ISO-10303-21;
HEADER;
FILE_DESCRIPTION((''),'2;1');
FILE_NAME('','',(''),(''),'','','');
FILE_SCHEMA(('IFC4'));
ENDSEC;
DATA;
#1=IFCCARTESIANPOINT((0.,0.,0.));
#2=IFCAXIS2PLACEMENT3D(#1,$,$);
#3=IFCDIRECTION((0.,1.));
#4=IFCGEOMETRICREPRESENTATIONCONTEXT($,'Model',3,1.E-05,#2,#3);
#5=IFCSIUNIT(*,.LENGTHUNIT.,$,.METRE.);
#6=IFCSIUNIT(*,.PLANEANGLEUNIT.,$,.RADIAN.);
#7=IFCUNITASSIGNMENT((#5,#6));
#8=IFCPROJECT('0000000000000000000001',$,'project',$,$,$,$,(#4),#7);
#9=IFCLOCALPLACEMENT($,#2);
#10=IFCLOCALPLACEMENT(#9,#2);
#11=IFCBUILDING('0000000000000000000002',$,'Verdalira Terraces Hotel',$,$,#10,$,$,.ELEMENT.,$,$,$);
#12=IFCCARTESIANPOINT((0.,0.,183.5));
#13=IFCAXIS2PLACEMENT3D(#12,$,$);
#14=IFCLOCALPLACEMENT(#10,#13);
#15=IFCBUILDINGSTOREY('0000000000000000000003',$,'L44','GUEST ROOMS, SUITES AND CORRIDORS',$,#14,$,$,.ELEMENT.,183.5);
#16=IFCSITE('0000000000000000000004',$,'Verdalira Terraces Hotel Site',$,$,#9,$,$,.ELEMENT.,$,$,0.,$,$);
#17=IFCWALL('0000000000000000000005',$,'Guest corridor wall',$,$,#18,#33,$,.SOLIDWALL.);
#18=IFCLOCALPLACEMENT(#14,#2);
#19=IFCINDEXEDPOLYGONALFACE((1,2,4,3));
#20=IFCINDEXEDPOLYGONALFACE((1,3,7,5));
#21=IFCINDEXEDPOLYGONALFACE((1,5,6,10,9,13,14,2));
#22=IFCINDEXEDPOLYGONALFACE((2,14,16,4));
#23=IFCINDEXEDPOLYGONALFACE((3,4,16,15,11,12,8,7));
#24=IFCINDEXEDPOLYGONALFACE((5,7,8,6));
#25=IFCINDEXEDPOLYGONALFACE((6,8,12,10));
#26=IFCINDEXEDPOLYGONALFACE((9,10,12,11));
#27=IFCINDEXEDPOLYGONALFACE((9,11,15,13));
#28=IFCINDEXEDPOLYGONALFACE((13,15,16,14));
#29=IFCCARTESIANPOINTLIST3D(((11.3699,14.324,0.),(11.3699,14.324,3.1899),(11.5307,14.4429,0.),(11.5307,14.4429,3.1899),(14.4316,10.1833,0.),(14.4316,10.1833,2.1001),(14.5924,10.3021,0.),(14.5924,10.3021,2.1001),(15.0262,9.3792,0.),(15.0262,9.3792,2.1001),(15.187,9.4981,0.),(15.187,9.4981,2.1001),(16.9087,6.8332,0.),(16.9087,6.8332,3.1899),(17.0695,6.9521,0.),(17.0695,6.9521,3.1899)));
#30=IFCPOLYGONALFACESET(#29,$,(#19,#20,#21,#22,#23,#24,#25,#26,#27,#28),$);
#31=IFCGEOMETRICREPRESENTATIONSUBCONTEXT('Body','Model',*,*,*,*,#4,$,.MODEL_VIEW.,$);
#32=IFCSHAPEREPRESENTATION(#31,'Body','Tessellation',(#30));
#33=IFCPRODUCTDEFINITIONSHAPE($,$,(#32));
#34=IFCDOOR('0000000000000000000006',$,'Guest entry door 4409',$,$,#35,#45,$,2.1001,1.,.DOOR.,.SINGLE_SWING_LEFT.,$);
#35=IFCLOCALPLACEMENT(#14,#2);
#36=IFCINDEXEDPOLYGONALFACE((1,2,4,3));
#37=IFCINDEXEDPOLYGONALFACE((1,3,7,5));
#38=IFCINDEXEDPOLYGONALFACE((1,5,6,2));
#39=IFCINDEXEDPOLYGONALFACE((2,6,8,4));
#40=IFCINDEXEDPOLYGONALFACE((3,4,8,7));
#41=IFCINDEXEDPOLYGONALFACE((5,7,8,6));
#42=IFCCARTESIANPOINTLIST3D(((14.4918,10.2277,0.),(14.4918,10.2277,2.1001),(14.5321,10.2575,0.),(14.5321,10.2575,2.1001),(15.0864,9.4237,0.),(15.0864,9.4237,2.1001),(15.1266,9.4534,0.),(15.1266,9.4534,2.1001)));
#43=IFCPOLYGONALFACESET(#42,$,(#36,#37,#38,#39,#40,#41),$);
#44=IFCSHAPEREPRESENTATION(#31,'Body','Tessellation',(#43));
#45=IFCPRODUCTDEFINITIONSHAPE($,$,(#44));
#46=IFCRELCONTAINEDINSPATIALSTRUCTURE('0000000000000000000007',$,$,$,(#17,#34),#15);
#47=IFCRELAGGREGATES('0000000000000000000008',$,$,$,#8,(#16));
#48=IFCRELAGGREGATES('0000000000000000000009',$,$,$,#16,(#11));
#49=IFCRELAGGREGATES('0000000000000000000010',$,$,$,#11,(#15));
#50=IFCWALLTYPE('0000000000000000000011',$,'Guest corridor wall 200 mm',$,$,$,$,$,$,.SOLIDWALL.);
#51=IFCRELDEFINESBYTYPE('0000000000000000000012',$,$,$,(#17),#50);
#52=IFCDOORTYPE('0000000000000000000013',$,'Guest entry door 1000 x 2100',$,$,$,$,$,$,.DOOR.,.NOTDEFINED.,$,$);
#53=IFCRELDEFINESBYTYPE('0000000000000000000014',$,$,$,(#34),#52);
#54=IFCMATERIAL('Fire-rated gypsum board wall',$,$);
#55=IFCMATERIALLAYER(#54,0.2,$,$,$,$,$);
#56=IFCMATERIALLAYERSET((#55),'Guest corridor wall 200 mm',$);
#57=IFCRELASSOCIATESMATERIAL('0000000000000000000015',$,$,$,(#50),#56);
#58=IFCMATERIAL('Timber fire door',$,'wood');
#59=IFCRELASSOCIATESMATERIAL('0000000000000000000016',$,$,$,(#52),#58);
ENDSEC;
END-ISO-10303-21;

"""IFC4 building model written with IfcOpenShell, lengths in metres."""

from ifc_helpers import new_model, si_unit, direction, frame, frame_2d, origin, place, context, subcontext, project, spatial, rectangle, extrude, material, layer, layer_set, type_object, element, fill, save


model = new_model("IFC4")

# Units and contexts
model_context = context("Model", 3, precision=1e-05, world=origin(), true_north=direction((0.0, 1.0)))
body_context = subcontext(model_context, "Body", "Model", "MODEL_VIEW")
ifc_project = project(units=[si_unit("LENGTHUNIT", "METRE"), si_unit("PLANEANGLEUNIT", "RADIAN")], contexts=[model_context])

# Site, building, storey
site_placement = place(None, origin())
site = spatial("IfcSite", under=ifc_project, at=site_placement, Name="Verdalira Terraces Hotel Site", CompositionType="ELEMENT", RefElevation=0.0)
building_placement = place(site_placement, origin())
building = spatial("IfcBuilding", under=site, at=building_placement, Name="Verdalira Terraces Hotel", CompositionType="ELEMENT")
storey_placement = place(building_placement, frame((0.0, 0.0, 183.5)))
storey = spatial("IfcBuildingStorey", under=building, at=storey_placement, Name="L44", Description="GUEST ROOMS, SUITES AND CORRIDORS", CompositionType="ELEMENT", Elevation=183.5)

# Shared definitions
ifc_material_1 = material(Name="Fire-rated gypsum board wall")
ifc_layer_1 = layer(ifc_material_1, 0.2)
ifc_layer_set_1 = layer_set([ifc_layer_1], Name="Guest corridor wall 200 mm")
wall_type_1 = type_object("IfcWallType", Name="Guest corridor wall 200 mm", PredefinedType="SOLIDWALL", material=ifc_layer_set_1)

# Wall, opening, door
wall_1_placement = place(storey_placement, frame((11.4502, 14.3835, 0.0), z_axis=(0.0, 0.0, 1.0), x_axis=(0.594544, -0.804063, 0.0)))
wall_1 = element("IfcWall", 1, at=wall_1_placement, inside=storey, type_object=wall_type_1, Name="Guest corridor wall", PredefinedType="SOLIDWALL", context=body_context, shape_type="SweptSolid", body=[
    extrude(rectangle(XDim=9.3162, YDim=0.2, at=frame_2d((4.6582, 0.0))), origin(), (0.0, 0.0, 1.0), 3.1899),
])
opening_1_placement = place(wall_1_placement, frame((5.1499, 0.0, 0.0)))
opening_1 = element("IfcOpeningElement", 2, at=opening_1_placement, cuts=wall_1, PredefinedType="OPENING", context=body_context, shape_type="SweptSolid", body=[
    extrude(rectangle(XDim=1.0, YDim=2.1001, at=frame_2d((0.5, 1.05))), frame((0.0, 0.1099, 0.0), z_axis=(0.0, -1.0, 0.0), x_axis=(1.0, 0.0, 0.0)), (0.0, 0.0, 1.0), 0.22),
])
ifc_material_2 = material(Name="Timber fire door", Category="wood")
door_type_1 = type_object("IfcDoorType", Name="Guest entry door 1000 x 2100", OperationType="NOTDEFINED", PredefinedType="DOOR", material=ifc_material_2)
door_1_placement = place(opening_1_placement, origin())
door_1 = element("IfcDoor", 3, at=door_1_placement, inside=storey, type_object=door_type_1, Name="Guest entry door 4409", OperationType="SINGLE_SWING_LEFT", OverallHeight=2.1001, OverallWidth=1.0, PredefinedType="DOOR", context=body_context, shape_type="SweptSolid", body=[
    extrude(rectangle(XDim=1.0, YDim=2.1001, at=frame_2d((0.5, 1.05))), frame((0.0, 0.0249, 0.0), z_axis=(0.0, -1.0, 0.0), x_axis=(1.0, 0.0, 0.0)), (0.0, 0.0, 1.0), 0.05),
])
fill(opening_1, door_1)

save(model, "model.ifc")
